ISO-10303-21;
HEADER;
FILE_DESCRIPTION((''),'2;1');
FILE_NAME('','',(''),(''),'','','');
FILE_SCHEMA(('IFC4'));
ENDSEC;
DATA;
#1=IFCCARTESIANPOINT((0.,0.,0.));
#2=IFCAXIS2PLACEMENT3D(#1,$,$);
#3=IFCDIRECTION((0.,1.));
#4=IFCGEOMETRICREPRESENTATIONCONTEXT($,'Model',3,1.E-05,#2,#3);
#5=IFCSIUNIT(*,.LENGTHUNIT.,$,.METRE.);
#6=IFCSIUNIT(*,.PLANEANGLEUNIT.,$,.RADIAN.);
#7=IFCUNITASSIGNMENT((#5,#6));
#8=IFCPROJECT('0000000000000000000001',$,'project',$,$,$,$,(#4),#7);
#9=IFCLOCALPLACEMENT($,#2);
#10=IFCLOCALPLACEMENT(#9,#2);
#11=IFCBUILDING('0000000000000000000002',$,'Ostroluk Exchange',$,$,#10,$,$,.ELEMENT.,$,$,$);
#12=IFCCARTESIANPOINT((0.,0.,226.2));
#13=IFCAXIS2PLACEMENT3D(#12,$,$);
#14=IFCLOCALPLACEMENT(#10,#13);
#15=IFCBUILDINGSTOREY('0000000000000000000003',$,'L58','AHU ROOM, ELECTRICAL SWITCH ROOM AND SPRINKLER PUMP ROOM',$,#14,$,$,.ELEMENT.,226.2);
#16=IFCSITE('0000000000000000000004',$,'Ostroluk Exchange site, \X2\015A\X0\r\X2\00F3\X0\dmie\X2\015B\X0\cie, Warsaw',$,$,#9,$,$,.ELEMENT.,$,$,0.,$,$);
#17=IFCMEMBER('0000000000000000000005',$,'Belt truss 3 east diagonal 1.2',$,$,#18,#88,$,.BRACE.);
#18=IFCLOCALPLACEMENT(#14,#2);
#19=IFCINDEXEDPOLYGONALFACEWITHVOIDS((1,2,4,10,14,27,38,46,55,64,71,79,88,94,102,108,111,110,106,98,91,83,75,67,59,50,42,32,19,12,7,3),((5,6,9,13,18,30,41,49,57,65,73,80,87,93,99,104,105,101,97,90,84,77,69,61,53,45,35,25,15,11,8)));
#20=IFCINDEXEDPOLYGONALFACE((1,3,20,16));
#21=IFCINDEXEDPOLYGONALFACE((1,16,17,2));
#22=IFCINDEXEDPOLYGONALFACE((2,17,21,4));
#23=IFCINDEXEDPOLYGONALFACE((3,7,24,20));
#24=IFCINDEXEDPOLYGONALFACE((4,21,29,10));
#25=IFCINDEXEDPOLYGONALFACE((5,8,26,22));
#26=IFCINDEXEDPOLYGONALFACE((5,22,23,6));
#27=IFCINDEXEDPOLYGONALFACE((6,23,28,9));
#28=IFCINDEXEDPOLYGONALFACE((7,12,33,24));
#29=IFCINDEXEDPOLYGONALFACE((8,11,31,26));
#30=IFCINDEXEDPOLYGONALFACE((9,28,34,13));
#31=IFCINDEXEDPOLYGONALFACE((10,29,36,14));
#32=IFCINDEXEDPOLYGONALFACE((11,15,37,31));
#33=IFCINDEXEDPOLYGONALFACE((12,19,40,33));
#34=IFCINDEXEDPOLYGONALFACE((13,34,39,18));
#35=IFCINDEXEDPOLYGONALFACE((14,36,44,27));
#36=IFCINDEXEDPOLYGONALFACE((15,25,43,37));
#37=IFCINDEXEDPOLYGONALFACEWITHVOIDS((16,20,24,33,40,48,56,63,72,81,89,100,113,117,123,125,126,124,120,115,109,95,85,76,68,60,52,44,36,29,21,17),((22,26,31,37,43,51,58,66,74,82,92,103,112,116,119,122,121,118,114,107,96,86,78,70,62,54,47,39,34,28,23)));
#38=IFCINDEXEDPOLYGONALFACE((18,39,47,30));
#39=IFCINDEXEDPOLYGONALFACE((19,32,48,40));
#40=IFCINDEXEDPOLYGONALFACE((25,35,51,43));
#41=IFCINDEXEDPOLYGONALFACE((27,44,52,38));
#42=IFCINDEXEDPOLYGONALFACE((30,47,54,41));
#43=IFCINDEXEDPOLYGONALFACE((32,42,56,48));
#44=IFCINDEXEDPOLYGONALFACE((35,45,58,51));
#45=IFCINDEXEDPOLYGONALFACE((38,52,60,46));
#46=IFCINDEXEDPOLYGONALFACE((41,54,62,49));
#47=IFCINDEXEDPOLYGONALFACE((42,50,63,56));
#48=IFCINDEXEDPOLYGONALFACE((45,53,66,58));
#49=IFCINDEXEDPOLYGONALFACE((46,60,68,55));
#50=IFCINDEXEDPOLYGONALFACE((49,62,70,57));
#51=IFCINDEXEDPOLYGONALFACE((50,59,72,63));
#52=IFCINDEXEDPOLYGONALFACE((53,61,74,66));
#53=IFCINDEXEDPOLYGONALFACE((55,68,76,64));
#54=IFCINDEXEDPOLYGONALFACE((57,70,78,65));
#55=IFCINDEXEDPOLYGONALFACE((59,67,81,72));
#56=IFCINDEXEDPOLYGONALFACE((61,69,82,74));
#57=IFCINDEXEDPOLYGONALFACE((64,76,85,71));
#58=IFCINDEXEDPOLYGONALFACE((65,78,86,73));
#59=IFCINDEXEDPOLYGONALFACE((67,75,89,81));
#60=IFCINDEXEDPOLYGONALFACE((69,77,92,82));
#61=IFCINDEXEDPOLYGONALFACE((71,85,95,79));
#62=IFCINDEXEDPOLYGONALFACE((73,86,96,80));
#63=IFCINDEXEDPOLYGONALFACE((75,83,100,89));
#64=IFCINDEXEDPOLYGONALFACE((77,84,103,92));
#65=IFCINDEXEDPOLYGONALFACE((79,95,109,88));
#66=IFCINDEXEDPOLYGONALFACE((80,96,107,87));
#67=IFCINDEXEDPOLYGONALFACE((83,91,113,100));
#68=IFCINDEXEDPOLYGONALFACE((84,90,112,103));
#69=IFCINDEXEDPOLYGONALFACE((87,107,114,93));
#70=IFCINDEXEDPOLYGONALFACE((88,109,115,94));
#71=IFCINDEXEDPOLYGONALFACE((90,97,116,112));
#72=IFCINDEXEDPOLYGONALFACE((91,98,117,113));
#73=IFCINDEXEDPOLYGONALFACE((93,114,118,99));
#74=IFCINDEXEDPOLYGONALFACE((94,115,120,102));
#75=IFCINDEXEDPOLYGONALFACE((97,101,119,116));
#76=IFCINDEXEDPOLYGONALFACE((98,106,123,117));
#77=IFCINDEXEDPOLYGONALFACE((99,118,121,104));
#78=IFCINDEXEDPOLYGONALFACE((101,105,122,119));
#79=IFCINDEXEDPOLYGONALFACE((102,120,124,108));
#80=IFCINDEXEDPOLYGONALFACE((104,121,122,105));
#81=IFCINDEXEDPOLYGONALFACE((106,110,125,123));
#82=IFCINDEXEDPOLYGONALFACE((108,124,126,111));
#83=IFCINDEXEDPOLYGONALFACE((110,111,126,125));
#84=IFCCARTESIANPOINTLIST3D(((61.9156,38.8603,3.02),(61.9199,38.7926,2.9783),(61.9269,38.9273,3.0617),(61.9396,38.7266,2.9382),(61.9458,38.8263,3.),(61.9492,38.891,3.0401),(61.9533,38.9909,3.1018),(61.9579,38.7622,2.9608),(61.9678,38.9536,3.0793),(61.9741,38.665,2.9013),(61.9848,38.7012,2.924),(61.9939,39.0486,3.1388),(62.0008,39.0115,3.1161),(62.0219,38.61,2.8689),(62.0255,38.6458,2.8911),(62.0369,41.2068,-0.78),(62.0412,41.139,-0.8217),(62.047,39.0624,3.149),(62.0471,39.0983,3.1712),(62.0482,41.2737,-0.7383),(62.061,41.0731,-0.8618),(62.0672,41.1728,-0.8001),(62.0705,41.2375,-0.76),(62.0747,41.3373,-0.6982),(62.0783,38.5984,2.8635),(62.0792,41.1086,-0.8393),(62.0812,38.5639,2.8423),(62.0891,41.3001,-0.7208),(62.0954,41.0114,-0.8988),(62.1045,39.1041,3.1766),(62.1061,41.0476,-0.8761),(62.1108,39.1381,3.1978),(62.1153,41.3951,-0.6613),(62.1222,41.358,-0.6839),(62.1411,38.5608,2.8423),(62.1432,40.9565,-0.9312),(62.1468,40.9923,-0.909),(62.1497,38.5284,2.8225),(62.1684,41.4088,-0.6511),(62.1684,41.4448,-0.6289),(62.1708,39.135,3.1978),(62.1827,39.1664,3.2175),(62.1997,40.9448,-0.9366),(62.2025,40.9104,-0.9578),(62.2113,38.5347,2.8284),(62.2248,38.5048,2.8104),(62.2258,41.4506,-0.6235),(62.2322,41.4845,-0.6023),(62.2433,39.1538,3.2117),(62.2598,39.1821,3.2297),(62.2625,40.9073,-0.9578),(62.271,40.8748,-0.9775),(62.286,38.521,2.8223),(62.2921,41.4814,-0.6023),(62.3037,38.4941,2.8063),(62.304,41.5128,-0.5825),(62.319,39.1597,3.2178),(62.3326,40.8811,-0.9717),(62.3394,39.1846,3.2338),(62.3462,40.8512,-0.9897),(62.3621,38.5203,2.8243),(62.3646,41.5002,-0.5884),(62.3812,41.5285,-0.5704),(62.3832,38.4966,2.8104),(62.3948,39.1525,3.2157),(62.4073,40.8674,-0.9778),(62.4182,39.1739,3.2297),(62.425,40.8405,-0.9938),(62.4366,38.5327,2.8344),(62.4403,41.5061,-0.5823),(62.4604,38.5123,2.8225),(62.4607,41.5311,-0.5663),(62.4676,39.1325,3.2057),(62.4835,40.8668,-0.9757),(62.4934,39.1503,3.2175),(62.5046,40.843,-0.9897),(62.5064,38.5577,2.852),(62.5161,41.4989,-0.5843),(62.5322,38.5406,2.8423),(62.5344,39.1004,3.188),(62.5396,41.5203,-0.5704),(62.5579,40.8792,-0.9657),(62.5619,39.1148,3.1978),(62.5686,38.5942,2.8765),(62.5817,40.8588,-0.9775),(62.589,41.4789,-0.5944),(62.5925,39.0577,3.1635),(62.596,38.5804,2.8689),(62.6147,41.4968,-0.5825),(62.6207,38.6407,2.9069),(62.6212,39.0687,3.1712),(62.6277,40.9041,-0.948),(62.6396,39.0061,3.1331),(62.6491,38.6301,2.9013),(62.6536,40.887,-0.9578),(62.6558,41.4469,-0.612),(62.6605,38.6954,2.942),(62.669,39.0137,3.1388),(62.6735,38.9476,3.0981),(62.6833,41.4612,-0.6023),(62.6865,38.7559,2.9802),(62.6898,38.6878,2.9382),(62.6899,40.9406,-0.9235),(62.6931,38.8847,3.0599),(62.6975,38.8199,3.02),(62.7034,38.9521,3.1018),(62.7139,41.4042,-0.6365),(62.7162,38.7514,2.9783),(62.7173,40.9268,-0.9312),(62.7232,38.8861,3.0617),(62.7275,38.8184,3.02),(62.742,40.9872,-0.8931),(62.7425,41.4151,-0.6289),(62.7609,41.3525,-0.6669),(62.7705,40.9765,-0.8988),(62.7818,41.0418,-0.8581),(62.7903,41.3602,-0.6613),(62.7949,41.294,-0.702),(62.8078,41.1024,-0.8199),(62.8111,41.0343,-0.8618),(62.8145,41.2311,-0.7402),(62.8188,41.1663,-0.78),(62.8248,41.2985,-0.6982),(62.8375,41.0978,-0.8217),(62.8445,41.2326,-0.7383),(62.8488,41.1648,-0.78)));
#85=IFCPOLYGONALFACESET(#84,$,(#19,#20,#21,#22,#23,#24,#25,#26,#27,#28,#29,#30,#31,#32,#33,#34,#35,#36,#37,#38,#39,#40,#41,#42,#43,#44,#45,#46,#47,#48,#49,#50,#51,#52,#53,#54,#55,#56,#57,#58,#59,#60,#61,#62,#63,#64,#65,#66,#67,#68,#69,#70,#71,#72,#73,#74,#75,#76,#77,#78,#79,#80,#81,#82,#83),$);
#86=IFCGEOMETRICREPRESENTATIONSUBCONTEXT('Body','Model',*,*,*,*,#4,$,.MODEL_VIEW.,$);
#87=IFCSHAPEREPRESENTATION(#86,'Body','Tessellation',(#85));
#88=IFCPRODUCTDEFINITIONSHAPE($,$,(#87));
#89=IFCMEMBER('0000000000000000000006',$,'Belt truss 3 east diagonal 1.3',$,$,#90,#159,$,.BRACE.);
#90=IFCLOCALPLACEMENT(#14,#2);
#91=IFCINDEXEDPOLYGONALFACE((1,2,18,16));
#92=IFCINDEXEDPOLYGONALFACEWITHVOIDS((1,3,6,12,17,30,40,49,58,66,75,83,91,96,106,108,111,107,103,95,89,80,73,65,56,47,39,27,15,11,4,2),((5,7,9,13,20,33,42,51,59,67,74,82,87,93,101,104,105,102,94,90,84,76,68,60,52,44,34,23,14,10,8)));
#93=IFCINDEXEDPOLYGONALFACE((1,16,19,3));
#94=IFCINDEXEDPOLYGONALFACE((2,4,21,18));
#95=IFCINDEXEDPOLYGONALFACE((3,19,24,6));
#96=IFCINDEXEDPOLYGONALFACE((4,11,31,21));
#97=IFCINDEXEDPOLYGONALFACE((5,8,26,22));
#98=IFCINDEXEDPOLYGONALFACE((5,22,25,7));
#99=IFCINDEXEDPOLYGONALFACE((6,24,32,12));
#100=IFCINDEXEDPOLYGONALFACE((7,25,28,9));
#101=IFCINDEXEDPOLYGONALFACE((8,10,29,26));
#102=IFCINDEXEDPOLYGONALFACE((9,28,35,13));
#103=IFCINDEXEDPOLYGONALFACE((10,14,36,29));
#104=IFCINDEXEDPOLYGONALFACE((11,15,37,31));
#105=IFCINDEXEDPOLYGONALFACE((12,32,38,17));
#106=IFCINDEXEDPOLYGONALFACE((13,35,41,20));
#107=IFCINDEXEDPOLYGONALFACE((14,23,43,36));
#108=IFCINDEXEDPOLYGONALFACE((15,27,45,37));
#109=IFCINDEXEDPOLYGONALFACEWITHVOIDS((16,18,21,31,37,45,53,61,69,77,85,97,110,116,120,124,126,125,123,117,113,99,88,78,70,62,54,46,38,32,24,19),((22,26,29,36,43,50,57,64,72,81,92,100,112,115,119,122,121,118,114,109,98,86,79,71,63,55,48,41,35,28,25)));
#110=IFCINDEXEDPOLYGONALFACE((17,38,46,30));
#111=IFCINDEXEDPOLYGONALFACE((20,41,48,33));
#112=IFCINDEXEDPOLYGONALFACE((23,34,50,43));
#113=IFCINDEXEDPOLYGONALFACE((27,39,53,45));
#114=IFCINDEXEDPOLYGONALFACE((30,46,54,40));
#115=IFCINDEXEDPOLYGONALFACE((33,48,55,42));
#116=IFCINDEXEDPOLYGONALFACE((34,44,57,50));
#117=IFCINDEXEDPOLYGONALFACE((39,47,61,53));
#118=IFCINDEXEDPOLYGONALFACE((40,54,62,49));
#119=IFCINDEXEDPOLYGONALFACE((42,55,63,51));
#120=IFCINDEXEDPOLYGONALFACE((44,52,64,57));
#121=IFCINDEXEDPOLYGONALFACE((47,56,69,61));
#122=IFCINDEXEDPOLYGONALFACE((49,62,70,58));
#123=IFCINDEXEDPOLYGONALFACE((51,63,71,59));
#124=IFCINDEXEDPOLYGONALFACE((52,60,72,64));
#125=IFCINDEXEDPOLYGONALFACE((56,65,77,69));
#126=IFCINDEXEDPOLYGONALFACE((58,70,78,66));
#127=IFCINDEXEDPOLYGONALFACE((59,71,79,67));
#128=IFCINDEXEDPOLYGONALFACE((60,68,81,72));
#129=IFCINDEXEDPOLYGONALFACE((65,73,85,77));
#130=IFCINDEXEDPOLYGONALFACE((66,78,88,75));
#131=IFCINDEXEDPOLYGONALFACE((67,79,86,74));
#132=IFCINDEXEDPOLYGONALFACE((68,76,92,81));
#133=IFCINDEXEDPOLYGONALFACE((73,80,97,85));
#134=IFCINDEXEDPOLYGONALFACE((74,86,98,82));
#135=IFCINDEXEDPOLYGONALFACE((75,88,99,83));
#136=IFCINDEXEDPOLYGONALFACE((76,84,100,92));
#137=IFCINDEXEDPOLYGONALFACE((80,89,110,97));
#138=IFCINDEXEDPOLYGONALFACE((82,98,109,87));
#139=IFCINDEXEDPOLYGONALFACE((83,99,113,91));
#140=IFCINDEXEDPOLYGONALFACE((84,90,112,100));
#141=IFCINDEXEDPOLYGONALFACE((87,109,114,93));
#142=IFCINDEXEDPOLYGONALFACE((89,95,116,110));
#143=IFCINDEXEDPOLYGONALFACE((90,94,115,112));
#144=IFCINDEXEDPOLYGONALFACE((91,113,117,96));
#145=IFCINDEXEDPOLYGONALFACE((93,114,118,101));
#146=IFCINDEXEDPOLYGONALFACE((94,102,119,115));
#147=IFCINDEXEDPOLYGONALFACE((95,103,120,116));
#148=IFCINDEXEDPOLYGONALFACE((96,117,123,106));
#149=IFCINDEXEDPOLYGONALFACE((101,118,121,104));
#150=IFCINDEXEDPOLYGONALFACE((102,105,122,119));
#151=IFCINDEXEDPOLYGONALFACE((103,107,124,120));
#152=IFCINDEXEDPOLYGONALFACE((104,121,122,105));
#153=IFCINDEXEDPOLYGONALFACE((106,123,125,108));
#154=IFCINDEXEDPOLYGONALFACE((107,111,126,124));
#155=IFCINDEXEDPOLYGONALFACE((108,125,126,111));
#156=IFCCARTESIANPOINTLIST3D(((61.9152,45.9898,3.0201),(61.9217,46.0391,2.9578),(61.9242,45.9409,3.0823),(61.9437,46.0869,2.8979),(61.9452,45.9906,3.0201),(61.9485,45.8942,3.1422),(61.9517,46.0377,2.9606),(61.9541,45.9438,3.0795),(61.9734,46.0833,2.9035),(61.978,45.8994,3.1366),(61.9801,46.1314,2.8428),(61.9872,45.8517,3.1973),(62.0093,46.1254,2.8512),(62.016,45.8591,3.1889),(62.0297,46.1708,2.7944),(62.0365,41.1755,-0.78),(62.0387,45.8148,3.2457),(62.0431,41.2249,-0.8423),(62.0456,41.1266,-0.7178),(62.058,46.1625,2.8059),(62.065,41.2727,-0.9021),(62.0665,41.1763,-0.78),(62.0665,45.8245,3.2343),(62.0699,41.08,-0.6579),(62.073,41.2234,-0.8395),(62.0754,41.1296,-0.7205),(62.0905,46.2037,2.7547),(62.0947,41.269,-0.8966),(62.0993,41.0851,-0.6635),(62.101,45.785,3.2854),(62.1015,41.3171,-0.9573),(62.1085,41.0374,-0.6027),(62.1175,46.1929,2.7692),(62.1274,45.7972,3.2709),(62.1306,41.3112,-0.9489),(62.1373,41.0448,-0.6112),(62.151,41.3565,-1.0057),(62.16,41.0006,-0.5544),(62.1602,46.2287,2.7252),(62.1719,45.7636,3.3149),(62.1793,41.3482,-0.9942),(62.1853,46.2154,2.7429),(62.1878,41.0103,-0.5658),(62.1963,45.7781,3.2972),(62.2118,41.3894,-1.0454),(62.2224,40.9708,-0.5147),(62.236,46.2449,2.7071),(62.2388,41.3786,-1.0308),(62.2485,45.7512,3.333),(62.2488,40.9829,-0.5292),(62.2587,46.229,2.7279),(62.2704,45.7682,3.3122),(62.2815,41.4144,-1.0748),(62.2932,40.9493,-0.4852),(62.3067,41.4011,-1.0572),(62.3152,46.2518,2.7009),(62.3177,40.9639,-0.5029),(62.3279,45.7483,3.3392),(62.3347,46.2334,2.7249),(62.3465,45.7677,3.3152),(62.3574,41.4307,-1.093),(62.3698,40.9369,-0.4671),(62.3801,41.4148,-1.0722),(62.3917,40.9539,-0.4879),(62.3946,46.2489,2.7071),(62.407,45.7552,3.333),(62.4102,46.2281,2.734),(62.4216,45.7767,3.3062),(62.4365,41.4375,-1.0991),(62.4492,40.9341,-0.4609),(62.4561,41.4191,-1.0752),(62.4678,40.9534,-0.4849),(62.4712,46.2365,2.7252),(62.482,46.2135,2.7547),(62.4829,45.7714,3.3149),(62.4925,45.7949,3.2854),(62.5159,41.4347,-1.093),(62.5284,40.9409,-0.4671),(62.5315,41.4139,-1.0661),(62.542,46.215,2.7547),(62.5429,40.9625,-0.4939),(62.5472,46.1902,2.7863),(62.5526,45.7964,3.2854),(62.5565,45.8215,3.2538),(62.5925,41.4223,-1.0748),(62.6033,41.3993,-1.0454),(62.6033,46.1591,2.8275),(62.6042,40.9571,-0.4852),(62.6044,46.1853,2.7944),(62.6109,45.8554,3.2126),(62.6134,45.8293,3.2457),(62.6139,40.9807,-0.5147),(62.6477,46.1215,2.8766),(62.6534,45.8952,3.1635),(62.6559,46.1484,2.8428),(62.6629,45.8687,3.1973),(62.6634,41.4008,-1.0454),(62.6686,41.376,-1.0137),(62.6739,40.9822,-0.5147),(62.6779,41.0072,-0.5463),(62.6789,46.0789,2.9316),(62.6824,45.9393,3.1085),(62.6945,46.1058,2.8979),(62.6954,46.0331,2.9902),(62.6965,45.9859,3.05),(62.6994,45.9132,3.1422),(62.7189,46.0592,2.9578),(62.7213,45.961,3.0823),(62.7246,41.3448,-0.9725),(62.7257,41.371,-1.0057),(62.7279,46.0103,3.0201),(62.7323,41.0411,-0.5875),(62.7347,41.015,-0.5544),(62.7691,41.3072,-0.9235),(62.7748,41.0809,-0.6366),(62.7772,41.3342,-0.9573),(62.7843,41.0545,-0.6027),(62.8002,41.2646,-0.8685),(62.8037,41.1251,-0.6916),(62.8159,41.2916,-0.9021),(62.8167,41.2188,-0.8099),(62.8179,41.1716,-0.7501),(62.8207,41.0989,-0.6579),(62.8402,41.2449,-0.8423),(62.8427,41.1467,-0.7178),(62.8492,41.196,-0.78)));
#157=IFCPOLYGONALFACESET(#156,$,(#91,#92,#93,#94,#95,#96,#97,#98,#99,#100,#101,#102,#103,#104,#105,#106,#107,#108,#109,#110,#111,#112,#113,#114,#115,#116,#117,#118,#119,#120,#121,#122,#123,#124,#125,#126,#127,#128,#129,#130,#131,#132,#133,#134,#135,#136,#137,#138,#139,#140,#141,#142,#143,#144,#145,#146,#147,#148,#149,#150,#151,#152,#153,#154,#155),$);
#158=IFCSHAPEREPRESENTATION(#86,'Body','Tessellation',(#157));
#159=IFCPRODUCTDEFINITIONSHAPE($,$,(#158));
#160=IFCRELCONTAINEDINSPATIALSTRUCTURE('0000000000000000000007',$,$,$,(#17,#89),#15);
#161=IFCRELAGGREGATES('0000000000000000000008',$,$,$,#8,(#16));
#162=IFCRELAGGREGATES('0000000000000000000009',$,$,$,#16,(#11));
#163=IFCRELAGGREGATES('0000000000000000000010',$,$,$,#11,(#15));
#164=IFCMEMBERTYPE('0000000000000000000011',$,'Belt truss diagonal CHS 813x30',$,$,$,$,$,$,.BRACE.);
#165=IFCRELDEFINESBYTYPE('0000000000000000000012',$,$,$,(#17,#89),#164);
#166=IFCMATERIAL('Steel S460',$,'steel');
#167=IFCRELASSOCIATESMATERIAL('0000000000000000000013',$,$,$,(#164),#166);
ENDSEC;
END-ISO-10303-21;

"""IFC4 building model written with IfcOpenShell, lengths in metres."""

from ifc_helpers import new_model, si_unit, direction, frame, origin, origin_2d, place, context, subcontext, project, spatial, hollow_circle, extrude, material, material_profile, profile_set, type_object, element, save


model = new_model("IFC4")

# Units and contexts
model_context = context("Model", 3, precision=1e-05, world=origin(), true_north=direction((0.0, 1.0)))
body_context = subcontext(model_context, "Body", "Model", "MODEL_VIEW")
ifc_project = project(units=[si_unit("LENGTHUNIT", "METRE"), si_unit("PLANEANGLEUNIT", "RADIAN")], contexts=[model_context])

# Site, building, storey
site_placement = place(None, origin())
site = spatial("IfcSite", under=ifc_project, at=site_placement, Name="Ostroluk Exchange site, Śródmieście, Warsaw", CompositionType="ELEMENT", RefElevation=0.0)
building_placement = place(site_placement, origin())
building = spatial("IfcBuilding", under=site, at=building_placement, Name="Ostroluk Exchange", CompositionType="ELEMENT")
storey_placement = place(building_placement, frame((0.0, 0.0, 226.2)))
storey = spatial("IfcBuildingStorey", under=building, at=storey_placement, Name="L58", Description="AHU ROOM, ELECTRICAL SWITCH ROOM AND SPRINKLER PUMP ROOM", CompositionType="ELEMENT", Elevation=226.2)

# Members
ifc_material_1 = material(Name="Steel S460", Category="steel")
ifc_material_profile_1 = material_profile(ifc_material_1, hollow_circle(Radius=0.4065, WallThickness=0.03, at=origin_2d()), Name="CHS 813x30")
ifc_profile_set_1 = profile_set([ifc_material_profile_1], Name="Steel S460")
member_type_1 = type_object("IfcMemberType", Name="Belt truss diagonal CHS 813x30", PredefinedType="BRACE", material=ifc_profile_set_1)
member_1_placement = place(storey_placement, frame((62.4429, 41.1858, -0.78), z_axis=(-0.027159, -0.525193, 0.85055), x_axis=(0.998666, -0.051643, 0.0)))
element("IfcMember", 1, at=member_1_placement, inside=storey, type_object=member_type_1, Name="Belt truss 3 east diagonal 1.2", PredefinedType="BRACE", context=body_context, shape_type="SweptSolid", body=[
    extrude(hollow_circle(Radius=0.4065, WallThickness=0.03, at=origin_2d()), origin(), (0.0, 0.0, 1.0), 4.4678),
])
member_2_placement = place(storey_placement, frame((62.4429, 41.1858, -0.78), z_axis=(-0.01978, 0.78478, 0.619459), x_axis=(-0.999683, -0.025196, 0.0)))
element("IfcMember", 2, at=member_2_placement, inside=storey, type_object=member_type_1, Name="Belt truss 3 east diagonal 1.3", PredefinedType="BRACE", context=body_context, shape_type="SweptSolid", body=[
    extrude(hollow_circle(Radius=0.4065, WallThickness=0.03, at=origin_2d()), origin(), (0.0, 0.0, 1.0), 6.1345),
])

save(model, "model.ifc")
